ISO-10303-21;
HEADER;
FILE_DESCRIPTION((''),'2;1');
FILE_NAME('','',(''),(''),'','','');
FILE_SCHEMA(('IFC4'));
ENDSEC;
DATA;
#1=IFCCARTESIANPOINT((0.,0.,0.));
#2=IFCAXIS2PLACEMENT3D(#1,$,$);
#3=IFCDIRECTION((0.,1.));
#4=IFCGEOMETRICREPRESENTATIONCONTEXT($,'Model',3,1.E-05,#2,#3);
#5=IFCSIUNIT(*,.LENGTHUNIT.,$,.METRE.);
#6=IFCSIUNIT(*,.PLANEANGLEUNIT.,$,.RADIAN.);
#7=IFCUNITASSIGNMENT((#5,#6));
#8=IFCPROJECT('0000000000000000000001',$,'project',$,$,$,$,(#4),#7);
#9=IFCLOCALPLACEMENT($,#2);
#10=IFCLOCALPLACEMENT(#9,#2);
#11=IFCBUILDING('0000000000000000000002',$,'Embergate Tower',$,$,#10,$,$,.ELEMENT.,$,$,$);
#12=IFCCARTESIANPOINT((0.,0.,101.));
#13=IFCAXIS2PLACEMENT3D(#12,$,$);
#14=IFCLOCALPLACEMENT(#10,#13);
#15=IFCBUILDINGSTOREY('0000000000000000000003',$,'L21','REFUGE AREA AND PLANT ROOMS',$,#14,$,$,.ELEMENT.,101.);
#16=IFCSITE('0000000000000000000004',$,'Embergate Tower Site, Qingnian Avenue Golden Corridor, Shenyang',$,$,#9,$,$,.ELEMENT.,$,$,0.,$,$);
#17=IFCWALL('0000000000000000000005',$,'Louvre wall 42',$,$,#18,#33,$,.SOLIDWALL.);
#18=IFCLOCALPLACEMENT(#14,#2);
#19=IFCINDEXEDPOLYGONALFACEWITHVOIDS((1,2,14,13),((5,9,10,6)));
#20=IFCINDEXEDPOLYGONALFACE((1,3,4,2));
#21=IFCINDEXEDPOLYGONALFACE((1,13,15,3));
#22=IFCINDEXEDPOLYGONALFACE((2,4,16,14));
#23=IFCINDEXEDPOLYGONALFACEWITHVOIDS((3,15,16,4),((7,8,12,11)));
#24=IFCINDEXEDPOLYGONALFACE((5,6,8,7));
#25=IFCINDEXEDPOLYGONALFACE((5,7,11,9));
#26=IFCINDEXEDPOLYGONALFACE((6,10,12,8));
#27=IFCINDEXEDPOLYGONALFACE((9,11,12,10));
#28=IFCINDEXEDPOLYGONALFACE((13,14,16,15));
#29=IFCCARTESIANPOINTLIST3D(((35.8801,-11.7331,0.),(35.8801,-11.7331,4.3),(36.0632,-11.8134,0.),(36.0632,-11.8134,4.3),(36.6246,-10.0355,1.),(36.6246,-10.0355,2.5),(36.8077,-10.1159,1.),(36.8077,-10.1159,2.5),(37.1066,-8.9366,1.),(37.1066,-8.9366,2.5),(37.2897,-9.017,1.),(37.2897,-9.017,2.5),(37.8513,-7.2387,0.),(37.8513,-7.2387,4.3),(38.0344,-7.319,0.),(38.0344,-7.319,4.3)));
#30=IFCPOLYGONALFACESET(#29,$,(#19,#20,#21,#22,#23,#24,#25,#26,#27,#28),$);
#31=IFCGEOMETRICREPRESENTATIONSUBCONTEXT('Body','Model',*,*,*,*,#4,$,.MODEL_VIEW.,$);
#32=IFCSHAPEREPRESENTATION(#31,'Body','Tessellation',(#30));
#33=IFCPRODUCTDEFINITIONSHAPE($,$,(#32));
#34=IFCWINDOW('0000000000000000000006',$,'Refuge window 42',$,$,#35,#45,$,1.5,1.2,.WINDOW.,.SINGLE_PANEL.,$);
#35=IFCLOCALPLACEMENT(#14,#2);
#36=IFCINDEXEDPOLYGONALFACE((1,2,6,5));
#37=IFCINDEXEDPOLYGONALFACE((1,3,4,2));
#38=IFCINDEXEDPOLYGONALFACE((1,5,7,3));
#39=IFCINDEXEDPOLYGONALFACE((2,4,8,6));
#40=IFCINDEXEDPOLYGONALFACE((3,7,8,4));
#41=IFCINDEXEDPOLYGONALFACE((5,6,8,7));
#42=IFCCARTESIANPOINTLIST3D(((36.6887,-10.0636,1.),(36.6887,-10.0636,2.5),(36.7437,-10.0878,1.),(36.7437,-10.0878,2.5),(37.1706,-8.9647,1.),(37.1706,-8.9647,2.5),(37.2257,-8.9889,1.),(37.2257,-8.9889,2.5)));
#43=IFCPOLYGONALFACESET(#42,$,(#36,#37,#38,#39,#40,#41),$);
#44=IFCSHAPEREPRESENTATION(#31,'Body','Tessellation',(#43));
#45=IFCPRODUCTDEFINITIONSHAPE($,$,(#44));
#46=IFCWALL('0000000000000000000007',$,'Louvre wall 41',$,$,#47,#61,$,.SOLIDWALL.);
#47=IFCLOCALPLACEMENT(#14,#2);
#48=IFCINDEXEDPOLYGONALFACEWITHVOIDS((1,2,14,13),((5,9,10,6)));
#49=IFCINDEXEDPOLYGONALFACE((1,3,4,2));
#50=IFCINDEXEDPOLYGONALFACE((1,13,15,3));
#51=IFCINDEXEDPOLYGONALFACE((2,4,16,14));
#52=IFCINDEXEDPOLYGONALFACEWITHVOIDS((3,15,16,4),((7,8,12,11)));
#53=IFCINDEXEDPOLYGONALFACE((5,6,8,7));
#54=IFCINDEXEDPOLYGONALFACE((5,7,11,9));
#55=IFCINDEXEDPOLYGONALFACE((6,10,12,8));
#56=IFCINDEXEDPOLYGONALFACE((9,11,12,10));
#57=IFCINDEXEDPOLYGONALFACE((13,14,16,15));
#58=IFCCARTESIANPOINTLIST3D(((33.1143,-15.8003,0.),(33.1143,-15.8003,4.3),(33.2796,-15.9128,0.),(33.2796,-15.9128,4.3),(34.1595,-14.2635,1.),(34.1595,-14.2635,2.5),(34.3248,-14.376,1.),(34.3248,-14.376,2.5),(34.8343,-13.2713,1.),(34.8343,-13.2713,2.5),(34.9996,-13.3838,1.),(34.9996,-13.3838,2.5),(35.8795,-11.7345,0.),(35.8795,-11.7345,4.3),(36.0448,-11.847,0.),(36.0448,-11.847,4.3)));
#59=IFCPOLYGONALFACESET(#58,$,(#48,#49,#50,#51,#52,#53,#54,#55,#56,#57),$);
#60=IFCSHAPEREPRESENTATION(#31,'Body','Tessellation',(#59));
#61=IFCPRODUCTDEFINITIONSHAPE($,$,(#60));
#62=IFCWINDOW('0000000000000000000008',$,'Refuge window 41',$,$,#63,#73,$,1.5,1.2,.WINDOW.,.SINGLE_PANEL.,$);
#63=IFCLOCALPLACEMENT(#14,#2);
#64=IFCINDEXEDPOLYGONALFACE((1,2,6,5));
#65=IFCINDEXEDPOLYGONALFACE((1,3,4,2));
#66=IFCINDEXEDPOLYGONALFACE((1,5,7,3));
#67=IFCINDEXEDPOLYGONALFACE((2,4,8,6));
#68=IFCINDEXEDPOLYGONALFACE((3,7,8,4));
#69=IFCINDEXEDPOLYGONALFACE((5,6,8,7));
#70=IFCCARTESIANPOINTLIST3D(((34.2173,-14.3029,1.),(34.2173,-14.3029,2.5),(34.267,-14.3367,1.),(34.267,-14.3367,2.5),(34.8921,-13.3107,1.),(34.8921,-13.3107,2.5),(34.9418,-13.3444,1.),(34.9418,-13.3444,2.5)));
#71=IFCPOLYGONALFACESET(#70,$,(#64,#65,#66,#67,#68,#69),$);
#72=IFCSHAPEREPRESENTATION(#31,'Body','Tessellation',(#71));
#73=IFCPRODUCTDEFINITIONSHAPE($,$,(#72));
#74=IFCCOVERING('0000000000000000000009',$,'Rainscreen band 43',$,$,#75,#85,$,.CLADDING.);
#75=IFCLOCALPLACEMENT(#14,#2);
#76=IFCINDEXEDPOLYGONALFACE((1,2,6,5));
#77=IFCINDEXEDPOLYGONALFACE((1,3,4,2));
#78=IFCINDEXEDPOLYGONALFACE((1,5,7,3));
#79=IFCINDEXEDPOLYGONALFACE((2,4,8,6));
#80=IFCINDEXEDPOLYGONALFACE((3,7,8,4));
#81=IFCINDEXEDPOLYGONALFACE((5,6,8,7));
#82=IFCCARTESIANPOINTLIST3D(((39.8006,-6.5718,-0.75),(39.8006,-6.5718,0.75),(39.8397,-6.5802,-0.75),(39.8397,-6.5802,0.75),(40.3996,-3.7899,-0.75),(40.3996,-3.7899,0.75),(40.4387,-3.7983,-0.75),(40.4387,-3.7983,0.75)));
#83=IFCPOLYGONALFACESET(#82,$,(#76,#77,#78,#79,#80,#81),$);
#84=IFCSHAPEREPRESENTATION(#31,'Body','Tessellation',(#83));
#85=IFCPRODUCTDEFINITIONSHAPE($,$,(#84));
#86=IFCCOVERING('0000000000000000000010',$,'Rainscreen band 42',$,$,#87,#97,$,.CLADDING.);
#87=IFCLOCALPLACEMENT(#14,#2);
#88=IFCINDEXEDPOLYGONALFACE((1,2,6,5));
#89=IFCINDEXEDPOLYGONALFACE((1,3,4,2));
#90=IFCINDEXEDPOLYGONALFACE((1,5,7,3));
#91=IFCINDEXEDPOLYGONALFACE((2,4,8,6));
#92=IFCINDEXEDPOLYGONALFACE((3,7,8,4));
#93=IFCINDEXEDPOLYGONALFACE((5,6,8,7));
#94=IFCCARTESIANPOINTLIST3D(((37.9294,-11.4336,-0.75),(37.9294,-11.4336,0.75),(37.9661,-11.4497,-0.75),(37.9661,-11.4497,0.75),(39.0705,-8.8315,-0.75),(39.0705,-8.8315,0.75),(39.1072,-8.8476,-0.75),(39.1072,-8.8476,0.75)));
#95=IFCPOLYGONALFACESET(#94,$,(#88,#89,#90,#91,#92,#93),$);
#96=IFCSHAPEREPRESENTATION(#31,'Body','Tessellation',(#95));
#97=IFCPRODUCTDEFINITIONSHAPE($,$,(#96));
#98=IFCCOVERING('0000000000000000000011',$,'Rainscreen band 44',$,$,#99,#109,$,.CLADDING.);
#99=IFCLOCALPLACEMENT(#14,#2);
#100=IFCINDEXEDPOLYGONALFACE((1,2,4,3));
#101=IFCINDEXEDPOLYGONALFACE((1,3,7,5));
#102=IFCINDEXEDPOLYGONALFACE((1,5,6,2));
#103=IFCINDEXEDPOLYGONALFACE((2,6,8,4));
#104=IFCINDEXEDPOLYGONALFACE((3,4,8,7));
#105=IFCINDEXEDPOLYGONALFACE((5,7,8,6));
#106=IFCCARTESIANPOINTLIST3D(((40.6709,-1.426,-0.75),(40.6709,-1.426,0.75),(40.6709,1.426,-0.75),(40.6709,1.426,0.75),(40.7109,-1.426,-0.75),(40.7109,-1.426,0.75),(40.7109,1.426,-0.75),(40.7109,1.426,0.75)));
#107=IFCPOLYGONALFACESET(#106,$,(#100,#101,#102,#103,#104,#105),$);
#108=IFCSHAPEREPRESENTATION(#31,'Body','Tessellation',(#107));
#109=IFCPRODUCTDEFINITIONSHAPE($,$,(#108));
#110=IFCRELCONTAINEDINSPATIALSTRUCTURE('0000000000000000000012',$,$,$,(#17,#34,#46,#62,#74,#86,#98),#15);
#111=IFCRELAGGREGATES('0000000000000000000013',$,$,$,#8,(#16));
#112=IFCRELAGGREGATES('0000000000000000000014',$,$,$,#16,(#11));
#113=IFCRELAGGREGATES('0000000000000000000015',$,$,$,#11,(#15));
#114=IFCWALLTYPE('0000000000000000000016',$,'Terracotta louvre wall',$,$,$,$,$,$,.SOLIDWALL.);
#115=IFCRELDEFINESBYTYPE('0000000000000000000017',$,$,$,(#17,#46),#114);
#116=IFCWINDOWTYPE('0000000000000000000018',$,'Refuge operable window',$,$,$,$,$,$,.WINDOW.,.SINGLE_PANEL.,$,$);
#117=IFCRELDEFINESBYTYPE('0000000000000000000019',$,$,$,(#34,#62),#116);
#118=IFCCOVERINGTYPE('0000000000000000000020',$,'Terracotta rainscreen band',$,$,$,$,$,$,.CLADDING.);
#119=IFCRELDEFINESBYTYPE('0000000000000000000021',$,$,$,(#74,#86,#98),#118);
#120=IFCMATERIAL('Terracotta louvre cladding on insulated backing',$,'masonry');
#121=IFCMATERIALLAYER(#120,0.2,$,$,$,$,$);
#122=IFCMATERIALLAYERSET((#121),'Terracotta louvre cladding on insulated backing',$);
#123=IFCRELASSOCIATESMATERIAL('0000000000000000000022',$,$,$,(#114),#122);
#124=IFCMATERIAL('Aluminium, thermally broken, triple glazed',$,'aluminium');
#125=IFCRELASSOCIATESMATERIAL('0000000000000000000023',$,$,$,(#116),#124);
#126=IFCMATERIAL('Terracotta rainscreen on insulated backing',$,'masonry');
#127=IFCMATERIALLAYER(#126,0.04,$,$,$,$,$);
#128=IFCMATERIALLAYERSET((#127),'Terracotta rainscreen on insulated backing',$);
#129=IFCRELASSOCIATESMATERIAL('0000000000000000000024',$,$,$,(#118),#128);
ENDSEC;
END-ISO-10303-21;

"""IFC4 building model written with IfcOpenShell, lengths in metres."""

from ifc_helpers import new_model, si_unit, direction, frame, frame_2d, origin, origin_2d, place, context, subcontext, project, spatial, rectangle, extrude, source, transform, mapped, material, layer, layer_set, type_object, element, fill, save


model = new_model("IFC4")

# Units and contexts
model_context = context("Model", 3, precision=1e-05, world=origin(), true_north=direction((0.0, 1.0)))
body_context = subcontext(model_context, "Body", "Model", "MODEL_VIEW")
ifc_project = project(units=[si_unit("LENGTHUNIT", "METRE"), si_unit("PLANEANGLEUNIT", "RADIAN")], contexts=[model_context])

# Site, building, storey
site_placement = place(None, origin())
site = spatial("IfcSite", under=ifc_project, at=site_placement, Name="Embergate Tower Site, Qingnian Avenue Golden Corridor, Shenyang", CompositionType="ELEMENT", RefElevation=0.0)
building_placement = place(site_placement, origin())
building = spatial("IfcBuilding", under=site, at=building_placement, Name="Embergate Tower", CompositionType="ELEMENT")
storey_placement = place(building_placement, frame((0.0, 0.0, 101.0)))
storey = spatial("IfcBuildingStorey", under=building, at=storey_placement, Name="L21", Description="REFUGE AREA AND PLANT ROOMS", CompositionType="ELEMENT", Elevation=101.0)

# Walls, openings, windows
ifc_material_1 = material(Name="Terracotta louvre cladding on insulated backing", Category="masonry")
ifc_layer_1 = layer(ifc_material_1, 0.2)
ifc_layer_set_1 = layer_set([ifc_layer_1], Name="Terracotta louvre cladding on insulated backing")
wall_type = type_object("IfcWallType", Name="Terracotta louvre wall", PredefinedType="SOLIDWALL", material=ifc_layer_set_1)
shared_shape_1 = source(origin(), body_context, "Body", "SweptSolid", [
    extrude(rectangle(XDim=1.2, YDim=1.5, at=frame_2d((0.6001, 0.75))), frame((0.0, 0.1099, 0.0), z_axis=(0.0, -1.0, 0.0), x_axis=(1.0, 0.0, 0.0)), (0.0, 0.0, 1.0), 0.22),
])
ifc_material_2 = material(Name="Aluminium, thermally broken, triple glazed", Category="aluminium")
window_type = type_object("IfcWindowType", Name="Refuge operable window", PartitioningType="SINGLE_PANEL", PredefinedType="WINDOW", material=ifc_material_2)
shared_shape_2 = source(origin(), body_context, "Body", "SweptSolid", [
    extrude(rectangle(XDim=1.2, YDim=1.5, at=frame_2d((0.6001, 0.75))), frame((0.0, 0.03, 0.0), z_axis=(0.0, -1.0, 0.0), x_axis=(1.0, 0.0, 0.0)), (0.0, 0.0, 1.0), 0.0601),
])
shared_shape_3 = source(origin(), body_context, "Body", "SweptSolid", [
    extrude(rectangle(XDim=4.9077, YDim=0.2, at=frame_2d((2.4539, 0.0))), origin(), (0.0, 0.0, 1.0), 4.3),
])
wall_1_placement = place(storey_placement, frame((37.9429, -7.2788, 0.0), z_axis=(0.0, 0.0, 1.0), x_axis=(-0.401656, -0.91579, 0.0)))
wall_1 = element("IfcWall", 1, at=wall_1_placement, inside=storey, type_object=wall_type, Name="Louvre wall 42", PredefinedType="SOLIDWALL", context=body_context, shape_type="MappedRepresentation", body=[
    mapped(shared_shape_3, transform((0.0, 0.0, 0.0))),
])
opening_1_placement = place(wall_1_placement, frame((1.854, 0.0, 1.0)))
opening_1 = element("IfcOpeningElement", 2, at=opening_1_placement, cuts=wall_1, PredefinedType="OPENING", context=body_context, shape_type="MappedRepresentation", body=[
    mapped(shared_shape_1, transform((0.0, 0.0, 0.0))),
])
window_1_placement = place(opening_1_placement, origin())
window_1 = element("IfcWindow", 3, at=window_1_placement, inside=storey, type_object=window_type, Name="Refuge window 42", OverallHeight=1.5, OverallWidth=1.2, PartitioningType="SINGLE_PANEL", PredefinedType="WINDOW", context=body_context, shape_type="MappedRepresentation", body=[
    mapped(shared_shape_2, transform((0.0, 0.0, 0.0))),
])
fill(opening_1, window_1)
shared_shape_4 = source(origin(), body_context, "Body", "SweptSolid", [
    extrude(rectangle(XDim=4.917, YDim=0.2, at=frame_2d((2.4585, 0.0))), origin(), (0.0, 0.0, 1.0), 4.3),
])
wall_2_placement = place(storey_placement, frame((35.9622, -11.7908, 0.0), z_axis=(0.0, 0.0, 1.0), x_axis=(-0.562377, -0.826881, 0.0)))
wall_2 = element("IfcWall", 4, at=wall_2_placement, inside=storey, type_object=wall_type, Name="Louvre wall 41", PredefinedType="SOLIDWALL", context=body_context, shape_type="MappedRepresentation", body=[
    mapped(shared_shape_4, transform((0.0, 0.0, 0.0))),
])
opening_2_placement = place(wall_2_placement, frame((1.8584, 0.0, 1.0)))
opening_2 = element("IfcOpeningElement", 5, at=opening_2_placement, cuts=wall_2, PredefinedType="OPENING", context=body_context, shape_type="MappedRepresentation", body=[
    mapped(shared_shape_1, transform((0.0, 0.0, 0.0))),
])
window_2_placement = place(opening_2_placement, origin())
window_2 = element("IfcWindow", 6, at=window_2_placement, inside=storey, type_object=window_type, Name="Refuge window 41", OverallHeight=1.5, OverallWidth=1.2, PartitioningType="SINGLE_PANEL", PredefinedType="WINDOW", context=body_context, shape_type="MappedRepresentation", body=[
    mapped(shared_shape_2, transform((0.0, 0.0, 0.0))),
])
fill(opening_2, window_2)

# Coverings
ifc_material_3 = material(Name="Terracotta rainscreen on insulated backing", Category="masonry")
ifc_layer_2 = layer(ifc_material_3, 0.04)
ifc_layer_set_2 = layer_set([ifc_layer_2], Name="Terracotta rainscreen on insulated backing")
covering_type = type_object("IfcCoveringType", Name="Terracotta rainscreen band", PredefinedType="CLADDING", material=ifc_layer_set_2)
shared_shape_5 = source(origin(), body_context, "Body", "SweptSolid", [
    extrude(rectangle(XDim=2.8457, YDim=0.04, at=origin_2d()), origin(), (0.0, 0.0, 1.0), 1.5),
])
covering_1_placement = place(storey_placement, frame((40.1196, -5.1851, -0.75), z_axis=(0.0, 0.0, 1.0), x_axis=(0.210489, 0.977596, 0.0)))
element("IfcCovering", 7, at=covering_1_placement, inside=storey, type_object=covering_type, Name="Rainscreen band 43", PredefinedType="CLADDING", context=body_context, shape_type="MappedRepresentation", body=[
    mapped(shared_shape_5, transform((0.0, 0.0, 0.0))),
])
shared_shape_6 = source(origin(), body_context, "Body", "SweptSolid", [
    extrude(rectangle(XDim=2.8413, YDim=0.04, at=origin_2d()), origin(), (0.0, 0.0, 1.0), 1.5),
])
covering_2_placement = place(storey_placement, frame((38.5183, -10.1406, -0.75), z_axis=(0.0, 0.0, 1.0), x_axis=(0.401595, 0.915818, 0.0)))
element("IfcCovering", 8, at=covering_2_placement, inside=storey, type_object=covering_type, Name="Rainscreen band 42", PredefinedType="CLADDING", context=body_context, shape_type="MappedRepresentation", body=[
    mapped(shared_shape_6, transform((0.0, 0.0, 0.0))),
])
shared_shape_7 = source(origin(), body_context, "Body", "SweptSolid", [
    extrude(rectangle(XDim=2.8521, YDim=0.04, at=origin_2d()), origin(), (0.0, 0.0, 1.0), 1.5),
])
covering_3_placement = place(storey_placement, frame((40.6909, 0.0, -0.75), z_axis=(0.0, 0.0, 1.0), x_axis=(0.0, 1.0, 0.0)))
element("IfcCovering", 9, at=covering_3_placement, inside=storey, type_object=covering_type, Name="Rainscreen band 44", PredefinedType="CLADDING", context=body_context, shape_type="MappedRepresentation", body=[
    mapped(shared_shape_7, transform((0.0, 0.0, 0.0))),
])

save(model, "model.ifc")
